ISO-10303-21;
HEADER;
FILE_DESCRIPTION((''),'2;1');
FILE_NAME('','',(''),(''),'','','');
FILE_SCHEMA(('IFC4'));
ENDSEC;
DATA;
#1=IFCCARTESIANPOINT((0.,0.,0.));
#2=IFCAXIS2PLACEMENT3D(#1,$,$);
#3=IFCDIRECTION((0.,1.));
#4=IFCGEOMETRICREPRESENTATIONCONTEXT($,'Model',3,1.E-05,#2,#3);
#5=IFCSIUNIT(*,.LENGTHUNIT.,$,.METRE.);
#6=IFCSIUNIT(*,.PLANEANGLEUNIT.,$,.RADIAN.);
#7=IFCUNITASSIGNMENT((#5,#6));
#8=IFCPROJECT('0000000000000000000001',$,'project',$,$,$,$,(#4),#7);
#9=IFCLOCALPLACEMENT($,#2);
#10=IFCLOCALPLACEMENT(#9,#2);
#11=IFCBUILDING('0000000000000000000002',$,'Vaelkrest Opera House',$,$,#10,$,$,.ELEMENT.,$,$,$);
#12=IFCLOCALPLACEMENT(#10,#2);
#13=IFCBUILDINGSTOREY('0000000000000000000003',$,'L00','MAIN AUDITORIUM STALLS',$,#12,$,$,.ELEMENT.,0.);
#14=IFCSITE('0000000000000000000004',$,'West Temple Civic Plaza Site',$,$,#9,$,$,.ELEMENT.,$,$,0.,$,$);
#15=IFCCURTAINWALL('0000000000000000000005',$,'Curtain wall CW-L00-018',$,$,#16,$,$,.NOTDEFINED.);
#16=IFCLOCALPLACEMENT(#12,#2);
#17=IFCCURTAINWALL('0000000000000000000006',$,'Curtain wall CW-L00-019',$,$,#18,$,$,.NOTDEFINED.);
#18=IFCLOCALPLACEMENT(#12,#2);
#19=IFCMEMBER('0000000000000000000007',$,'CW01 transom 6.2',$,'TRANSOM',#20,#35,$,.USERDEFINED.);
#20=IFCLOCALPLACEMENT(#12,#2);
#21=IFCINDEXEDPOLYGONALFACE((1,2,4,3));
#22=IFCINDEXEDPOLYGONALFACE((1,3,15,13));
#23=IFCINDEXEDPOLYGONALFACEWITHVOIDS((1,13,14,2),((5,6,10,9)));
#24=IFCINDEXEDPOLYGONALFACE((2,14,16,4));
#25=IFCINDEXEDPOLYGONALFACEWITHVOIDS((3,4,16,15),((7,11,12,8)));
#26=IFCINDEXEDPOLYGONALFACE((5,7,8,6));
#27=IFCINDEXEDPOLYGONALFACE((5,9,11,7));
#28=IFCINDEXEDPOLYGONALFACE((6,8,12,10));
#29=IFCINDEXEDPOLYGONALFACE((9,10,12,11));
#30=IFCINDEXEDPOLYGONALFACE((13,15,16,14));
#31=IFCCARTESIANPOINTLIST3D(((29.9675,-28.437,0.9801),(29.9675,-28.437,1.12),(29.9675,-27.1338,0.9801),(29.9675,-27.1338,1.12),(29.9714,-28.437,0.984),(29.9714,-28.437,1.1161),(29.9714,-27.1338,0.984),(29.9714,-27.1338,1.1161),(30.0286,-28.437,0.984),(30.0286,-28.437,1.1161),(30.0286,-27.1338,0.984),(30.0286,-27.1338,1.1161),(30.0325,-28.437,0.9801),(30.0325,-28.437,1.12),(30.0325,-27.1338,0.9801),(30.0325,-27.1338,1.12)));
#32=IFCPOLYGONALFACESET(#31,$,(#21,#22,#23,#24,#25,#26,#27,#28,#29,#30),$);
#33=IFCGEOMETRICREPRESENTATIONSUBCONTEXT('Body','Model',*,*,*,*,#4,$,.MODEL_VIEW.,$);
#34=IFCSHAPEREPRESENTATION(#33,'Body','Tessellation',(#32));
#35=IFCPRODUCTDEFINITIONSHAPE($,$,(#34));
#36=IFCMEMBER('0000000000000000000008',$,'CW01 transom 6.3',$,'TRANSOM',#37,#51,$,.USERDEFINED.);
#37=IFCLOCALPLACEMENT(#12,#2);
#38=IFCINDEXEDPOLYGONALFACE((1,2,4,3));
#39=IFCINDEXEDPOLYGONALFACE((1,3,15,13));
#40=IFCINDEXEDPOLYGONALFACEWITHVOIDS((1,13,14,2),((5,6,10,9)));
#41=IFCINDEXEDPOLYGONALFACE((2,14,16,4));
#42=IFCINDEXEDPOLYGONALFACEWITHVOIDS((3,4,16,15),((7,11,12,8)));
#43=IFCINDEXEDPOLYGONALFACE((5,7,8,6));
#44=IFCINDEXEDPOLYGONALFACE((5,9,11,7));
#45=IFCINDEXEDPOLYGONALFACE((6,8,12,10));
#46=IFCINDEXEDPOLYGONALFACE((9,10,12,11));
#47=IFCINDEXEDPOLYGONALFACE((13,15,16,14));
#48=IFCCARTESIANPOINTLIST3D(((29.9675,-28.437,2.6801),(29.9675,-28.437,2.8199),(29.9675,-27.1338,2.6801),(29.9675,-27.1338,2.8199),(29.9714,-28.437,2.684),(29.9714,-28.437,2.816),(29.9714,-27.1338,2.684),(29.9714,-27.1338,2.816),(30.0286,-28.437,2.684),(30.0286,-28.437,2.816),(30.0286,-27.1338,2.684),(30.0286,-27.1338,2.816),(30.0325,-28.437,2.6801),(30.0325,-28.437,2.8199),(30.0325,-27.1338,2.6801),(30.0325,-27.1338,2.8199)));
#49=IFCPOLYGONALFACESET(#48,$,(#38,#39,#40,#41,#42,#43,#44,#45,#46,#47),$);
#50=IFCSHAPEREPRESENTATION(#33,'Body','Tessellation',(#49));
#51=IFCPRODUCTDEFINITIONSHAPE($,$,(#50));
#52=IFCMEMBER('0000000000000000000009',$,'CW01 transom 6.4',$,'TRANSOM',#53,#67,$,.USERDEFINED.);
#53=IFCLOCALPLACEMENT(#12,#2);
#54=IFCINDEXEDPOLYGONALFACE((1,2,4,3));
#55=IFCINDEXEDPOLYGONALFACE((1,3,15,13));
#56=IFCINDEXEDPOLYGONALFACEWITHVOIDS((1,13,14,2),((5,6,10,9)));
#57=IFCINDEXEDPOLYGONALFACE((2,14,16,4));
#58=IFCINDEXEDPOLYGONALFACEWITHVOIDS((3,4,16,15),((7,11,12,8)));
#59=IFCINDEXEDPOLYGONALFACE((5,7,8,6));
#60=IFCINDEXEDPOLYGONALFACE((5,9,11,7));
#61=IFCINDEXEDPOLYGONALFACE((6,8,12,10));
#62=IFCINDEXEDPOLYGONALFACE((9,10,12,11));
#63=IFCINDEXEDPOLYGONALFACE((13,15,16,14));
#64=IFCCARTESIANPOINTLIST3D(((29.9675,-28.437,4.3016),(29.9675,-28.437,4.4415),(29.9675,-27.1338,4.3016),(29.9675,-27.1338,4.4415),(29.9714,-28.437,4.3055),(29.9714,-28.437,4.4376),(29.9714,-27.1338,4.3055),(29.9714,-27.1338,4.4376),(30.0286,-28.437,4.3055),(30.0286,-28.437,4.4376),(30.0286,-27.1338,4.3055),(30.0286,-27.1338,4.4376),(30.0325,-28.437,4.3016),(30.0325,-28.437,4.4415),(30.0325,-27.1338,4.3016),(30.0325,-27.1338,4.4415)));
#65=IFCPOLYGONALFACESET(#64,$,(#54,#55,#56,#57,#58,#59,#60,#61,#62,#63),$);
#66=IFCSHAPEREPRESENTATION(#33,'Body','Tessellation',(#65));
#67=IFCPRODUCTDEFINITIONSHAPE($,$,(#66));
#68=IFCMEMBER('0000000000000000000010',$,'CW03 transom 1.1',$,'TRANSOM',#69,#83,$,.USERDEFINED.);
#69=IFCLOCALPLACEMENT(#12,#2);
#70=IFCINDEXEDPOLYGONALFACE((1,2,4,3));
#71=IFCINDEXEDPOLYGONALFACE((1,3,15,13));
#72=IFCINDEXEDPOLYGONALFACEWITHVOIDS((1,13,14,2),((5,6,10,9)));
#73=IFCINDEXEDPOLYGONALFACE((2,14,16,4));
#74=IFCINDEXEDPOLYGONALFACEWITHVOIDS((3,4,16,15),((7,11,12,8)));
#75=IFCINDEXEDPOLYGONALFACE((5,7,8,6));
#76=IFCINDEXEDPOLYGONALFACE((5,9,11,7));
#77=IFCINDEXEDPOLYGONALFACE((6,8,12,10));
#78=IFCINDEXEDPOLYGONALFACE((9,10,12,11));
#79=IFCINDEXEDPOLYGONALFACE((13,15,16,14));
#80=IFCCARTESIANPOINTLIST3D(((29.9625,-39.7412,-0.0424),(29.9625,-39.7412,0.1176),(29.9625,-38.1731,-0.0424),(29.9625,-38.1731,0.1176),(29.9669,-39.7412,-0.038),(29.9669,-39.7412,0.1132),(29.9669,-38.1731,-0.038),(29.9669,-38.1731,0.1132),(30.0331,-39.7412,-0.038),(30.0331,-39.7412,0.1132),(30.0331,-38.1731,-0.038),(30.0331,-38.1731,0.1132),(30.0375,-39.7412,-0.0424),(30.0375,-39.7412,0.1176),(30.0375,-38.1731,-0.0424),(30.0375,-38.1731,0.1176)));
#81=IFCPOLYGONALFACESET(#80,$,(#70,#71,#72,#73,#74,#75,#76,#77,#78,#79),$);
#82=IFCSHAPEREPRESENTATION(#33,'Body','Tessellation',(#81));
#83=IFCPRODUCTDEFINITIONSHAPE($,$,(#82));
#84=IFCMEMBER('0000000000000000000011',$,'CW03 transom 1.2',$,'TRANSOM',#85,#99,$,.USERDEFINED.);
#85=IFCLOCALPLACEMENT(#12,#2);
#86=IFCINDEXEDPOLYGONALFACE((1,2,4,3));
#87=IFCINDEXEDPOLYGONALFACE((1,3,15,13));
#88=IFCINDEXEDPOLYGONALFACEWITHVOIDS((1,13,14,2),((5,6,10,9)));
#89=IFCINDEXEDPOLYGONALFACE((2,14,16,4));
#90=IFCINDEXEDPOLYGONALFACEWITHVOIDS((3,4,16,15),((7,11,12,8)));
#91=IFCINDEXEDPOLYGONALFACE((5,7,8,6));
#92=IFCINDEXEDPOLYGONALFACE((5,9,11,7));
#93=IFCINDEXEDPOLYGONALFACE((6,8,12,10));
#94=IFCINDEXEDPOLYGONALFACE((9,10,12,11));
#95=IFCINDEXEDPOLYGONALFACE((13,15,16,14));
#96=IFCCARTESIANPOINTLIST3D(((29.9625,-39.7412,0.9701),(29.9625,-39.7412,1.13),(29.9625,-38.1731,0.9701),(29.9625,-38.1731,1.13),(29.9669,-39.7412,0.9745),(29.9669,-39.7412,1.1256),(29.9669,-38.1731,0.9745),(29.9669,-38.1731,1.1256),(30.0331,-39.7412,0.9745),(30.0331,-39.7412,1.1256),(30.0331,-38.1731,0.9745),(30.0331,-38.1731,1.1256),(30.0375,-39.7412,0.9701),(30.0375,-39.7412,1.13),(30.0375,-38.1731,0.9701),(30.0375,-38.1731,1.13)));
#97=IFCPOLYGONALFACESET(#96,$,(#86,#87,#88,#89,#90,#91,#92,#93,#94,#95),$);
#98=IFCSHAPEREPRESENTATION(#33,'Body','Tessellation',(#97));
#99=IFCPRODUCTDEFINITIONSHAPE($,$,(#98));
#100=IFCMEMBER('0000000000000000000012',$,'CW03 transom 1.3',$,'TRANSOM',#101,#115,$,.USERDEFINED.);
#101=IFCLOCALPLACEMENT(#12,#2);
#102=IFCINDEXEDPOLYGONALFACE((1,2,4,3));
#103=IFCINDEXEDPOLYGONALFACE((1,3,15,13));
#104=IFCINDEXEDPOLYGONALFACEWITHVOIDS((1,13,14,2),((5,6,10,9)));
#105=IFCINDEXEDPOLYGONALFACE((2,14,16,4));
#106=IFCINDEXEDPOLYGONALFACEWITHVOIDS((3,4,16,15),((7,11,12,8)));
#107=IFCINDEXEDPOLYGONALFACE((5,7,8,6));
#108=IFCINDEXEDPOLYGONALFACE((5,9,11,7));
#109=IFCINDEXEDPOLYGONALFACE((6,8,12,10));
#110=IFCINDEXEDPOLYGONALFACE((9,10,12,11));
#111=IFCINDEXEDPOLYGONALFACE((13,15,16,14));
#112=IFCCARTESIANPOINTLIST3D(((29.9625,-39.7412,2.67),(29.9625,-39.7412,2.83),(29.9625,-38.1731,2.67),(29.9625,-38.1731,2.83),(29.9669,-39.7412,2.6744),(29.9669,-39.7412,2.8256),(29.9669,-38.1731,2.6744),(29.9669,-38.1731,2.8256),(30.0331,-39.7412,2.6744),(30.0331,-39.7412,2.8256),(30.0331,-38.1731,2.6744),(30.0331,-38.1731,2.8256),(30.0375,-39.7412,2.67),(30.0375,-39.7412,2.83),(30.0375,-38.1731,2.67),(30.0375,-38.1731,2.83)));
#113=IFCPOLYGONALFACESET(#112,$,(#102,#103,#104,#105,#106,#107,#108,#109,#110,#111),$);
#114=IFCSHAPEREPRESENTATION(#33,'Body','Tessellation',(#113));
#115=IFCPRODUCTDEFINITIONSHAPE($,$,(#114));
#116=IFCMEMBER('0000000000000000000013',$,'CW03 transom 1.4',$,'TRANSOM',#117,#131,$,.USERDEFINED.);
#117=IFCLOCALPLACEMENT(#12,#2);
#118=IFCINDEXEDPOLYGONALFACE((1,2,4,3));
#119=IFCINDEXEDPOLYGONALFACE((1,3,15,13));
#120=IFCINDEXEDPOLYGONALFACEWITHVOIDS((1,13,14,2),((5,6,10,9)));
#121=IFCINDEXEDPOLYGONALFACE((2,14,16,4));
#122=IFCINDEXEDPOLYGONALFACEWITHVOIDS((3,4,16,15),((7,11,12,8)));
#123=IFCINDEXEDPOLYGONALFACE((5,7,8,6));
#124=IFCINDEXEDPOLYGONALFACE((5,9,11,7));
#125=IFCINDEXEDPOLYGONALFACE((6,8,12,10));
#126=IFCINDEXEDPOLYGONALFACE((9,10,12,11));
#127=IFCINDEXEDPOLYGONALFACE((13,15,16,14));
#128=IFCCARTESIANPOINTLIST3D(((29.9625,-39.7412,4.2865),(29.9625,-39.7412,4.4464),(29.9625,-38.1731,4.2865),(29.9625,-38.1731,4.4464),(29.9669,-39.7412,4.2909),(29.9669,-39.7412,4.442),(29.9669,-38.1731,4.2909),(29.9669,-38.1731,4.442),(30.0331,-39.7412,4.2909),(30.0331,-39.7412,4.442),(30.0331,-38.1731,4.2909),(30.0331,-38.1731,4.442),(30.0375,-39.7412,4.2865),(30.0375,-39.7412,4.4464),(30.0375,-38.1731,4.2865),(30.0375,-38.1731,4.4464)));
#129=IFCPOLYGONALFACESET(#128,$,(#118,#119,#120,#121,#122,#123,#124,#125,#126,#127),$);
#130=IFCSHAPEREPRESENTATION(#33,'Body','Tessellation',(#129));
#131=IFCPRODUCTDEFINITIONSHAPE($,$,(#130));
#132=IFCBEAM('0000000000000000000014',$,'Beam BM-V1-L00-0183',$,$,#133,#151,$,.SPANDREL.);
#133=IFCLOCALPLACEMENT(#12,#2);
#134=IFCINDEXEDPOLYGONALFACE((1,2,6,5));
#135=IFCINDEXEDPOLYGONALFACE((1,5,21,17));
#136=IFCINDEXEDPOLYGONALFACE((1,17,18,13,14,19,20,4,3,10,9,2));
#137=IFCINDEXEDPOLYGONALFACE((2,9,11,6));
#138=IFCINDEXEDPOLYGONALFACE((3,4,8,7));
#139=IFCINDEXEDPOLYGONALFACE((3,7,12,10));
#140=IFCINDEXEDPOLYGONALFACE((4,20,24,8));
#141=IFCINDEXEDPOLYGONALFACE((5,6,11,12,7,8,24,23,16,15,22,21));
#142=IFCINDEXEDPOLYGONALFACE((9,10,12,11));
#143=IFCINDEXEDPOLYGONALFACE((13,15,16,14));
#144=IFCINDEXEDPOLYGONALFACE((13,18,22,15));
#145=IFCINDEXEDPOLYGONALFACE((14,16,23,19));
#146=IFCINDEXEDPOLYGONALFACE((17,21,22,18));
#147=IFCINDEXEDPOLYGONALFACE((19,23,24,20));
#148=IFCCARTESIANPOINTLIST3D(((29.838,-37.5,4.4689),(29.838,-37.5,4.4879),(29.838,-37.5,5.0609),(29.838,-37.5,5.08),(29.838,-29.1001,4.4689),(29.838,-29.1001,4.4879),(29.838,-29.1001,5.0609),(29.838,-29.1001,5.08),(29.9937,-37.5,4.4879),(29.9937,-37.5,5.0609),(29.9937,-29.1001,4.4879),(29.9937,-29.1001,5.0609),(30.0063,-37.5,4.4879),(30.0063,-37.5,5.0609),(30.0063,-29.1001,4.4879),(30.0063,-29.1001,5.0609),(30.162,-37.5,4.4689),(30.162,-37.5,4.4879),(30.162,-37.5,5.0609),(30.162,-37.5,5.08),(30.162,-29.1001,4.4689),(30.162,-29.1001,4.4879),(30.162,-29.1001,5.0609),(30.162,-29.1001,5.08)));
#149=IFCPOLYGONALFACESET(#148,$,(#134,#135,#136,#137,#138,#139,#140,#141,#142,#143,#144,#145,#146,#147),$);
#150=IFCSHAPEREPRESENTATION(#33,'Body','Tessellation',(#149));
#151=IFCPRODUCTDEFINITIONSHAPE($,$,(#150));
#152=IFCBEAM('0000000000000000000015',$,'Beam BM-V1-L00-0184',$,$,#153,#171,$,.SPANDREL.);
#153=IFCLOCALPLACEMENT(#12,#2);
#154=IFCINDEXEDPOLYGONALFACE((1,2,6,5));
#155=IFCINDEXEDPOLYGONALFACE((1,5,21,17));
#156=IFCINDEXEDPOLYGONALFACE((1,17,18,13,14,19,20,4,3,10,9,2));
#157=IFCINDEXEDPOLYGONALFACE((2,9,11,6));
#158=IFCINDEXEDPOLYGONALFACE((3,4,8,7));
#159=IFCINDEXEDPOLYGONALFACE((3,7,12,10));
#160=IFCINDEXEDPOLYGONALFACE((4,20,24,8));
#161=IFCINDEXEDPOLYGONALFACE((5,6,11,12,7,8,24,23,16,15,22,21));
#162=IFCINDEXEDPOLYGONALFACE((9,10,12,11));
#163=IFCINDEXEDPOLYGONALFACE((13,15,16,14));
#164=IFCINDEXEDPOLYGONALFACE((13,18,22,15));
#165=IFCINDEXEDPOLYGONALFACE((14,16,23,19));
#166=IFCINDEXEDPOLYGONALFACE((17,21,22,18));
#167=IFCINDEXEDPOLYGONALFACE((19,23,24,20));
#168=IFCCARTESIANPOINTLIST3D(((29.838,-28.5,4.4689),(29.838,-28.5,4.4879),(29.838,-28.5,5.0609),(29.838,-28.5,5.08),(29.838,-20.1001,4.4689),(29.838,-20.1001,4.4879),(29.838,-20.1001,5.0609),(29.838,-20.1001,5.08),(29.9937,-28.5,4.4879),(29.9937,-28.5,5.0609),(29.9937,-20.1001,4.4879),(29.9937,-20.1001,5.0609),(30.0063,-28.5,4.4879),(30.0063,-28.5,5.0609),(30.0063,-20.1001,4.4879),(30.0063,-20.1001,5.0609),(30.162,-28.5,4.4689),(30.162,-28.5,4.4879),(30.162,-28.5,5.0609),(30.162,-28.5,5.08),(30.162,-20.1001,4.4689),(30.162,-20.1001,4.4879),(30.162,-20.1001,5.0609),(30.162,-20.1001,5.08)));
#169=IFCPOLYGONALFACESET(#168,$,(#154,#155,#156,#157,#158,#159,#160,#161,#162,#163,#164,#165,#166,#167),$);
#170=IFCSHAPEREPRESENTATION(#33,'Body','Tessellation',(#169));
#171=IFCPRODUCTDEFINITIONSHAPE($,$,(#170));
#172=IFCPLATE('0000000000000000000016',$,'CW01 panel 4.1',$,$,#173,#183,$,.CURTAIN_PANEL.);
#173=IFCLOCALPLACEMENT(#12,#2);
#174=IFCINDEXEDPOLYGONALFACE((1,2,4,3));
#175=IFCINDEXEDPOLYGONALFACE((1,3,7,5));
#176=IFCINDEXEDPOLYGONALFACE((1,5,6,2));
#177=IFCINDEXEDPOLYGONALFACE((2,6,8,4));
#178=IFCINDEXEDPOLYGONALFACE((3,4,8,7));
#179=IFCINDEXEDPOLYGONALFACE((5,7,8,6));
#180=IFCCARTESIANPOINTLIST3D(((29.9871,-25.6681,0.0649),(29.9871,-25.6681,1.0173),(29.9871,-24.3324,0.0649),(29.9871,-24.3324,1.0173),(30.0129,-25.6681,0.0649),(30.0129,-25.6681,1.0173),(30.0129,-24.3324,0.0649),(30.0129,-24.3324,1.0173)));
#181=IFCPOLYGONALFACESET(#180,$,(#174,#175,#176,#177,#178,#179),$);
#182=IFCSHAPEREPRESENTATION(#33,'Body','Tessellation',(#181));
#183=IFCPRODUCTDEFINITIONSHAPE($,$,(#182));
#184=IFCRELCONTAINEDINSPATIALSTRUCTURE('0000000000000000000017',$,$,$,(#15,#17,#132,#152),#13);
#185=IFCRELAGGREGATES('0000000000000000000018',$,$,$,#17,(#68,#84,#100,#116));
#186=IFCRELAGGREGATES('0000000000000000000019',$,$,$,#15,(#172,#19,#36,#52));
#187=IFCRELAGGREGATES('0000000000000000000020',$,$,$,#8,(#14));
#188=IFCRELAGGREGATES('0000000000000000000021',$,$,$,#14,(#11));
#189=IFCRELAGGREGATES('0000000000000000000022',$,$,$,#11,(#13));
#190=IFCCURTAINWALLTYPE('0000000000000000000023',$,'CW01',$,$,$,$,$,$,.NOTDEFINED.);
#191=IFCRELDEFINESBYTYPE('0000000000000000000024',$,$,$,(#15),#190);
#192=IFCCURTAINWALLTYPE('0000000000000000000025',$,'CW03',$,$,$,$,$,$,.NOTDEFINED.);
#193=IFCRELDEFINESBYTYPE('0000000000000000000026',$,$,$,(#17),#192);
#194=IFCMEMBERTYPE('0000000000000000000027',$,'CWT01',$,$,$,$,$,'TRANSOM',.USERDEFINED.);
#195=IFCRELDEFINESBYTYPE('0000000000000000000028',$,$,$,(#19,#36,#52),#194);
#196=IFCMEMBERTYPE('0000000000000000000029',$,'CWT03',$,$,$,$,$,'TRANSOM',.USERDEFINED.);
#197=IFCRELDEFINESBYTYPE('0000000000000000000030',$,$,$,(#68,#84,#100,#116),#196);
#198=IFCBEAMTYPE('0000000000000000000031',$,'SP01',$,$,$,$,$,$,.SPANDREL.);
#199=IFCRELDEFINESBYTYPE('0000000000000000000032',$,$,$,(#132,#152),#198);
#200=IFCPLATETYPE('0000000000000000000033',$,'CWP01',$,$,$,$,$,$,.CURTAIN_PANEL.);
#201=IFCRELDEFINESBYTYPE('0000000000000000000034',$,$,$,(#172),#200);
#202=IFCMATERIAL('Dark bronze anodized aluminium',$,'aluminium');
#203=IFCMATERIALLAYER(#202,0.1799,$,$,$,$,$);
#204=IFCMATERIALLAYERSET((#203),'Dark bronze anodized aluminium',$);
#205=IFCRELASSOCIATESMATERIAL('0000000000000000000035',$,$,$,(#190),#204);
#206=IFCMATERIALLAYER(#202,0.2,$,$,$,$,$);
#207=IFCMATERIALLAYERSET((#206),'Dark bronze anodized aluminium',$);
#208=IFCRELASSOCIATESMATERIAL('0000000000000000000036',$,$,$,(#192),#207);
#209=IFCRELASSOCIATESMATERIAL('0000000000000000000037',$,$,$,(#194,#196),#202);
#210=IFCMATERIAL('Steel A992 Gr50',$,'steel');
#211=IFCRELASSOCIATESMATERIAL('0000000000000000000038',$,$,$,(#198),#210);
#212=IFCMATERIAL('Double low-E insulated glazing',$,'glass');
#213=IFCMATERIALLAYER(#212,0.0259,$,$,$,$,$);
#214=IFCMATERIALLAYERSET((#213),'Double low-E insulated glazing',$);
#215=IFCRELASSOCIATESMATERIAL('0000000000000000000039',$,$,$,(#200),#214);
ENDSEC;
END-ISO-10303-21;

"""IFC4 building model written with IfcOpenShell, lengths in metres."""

from ifc_helpers import new_model, si_unit, direction, frame, origin, origin_2d, place, context, subcontext, project, spatial, rectangle, hollow_rectangle, i_section, extrude, material, layer, layer_set, material_profile, profile_set, type_object, element, aggregate, save


model = new_model("IFC4")

# Units and contexts
model_context = context("Model", 3, precision=1e-05, world=origin(), true_north=direction((0.0, 1.0)))
body_context = subcontext(model_context, "Body", "Model", "MODEL_VIEW")
ifc_project = project(units=[si_unit("LENGTHUNIT", "METRE"), si_unit("PLANEANGLEUNIT", "RADIAN")], contexts=[model_context])

# Site, building, storey
site_placement = place(None, origin())
site = spatial("IfcSite", under=ifc_project, at=site_placement, Name="West Temple Civic Plaza Site", CompositionType="ELEMENT", RefElevation=0.0)
building_placement = place(site_placement, origin())
building = spatial("IfcBuilding", under=site, at=building_placement, Name="Vaelkrest Opera House", CompositionType="ELEMENT")
storey_placement = place(building_placement, origin())
storey = spatial("IfcBuildingStorey", under=building, at=storey_placement, Name="L00", Description="MAIN AUDITORIUM STALLS", CompositionType="ELEMENT", Elevation=0.0)

# Curtain wall
ifc_material_1 = material(Name="Dark bronze anodized aluminium", Category="aluminium")
ifc_layer_1 = layer(ifc_material_1, 0.1799)
ifc_layer_set_1 = layer_set([ifc_layer_1], Name="Dark bronze anodized aluminium")
curtain_wall_type_1 = type_object("IfcCurtainWallType", Name="CW01", PredefinedType="NOTDEFINED", material=ifc_layer_set_1)
curtain_wall_1_placement = place(storey_placement, origin())
curtain_wall_1 = element("IfcCurtainWall", 1, at=curtain_wall_1_placement, inside=storey, type_object=curtain_wall_type_1, Name="Curtain wall CW-L00-018", PredefinedType="NOTDEFINED")

# Curtain wall
ifc_layer_2 = layer(ifc_material_1, 0.2)
ifc_layer_set_2 = layer_set([ifc_layer_2], Name="Dark bronze anodized aluminium")
curtain_wall_type_2 = type_object("IfcCurtainWallType", Name="CW03", PredefinedType="NOTDEFINED", material=ifc_layer_set_2)
curtain_wall_2_placement = place(storey_placement, origin())
curtain_wall_2 = element("IfcCurtainWall", 2, at=curtain_wall_2_placement, inside=storey, type_object=curtain_wall_type_2, Name="Curtain wall CW-L00-019", PredefinedType="NOTDEFINED")

# Members
ifc_material_profile_1 = material_profile(ifc_material_1, hollow_rectangle(XDim=0.0649, YDim=0.1399, WallThickness=0.0039, at=origin_2d()), Name="CWT65X140")
ifc_profile_set_1 = profile_set([ifc_material_profile_1], Name="Dark bronze anodized aluminium")
member_type_1 = type_object("IfcMemberType", Name="CWT01", ElementType="TRANSOM", PredefinedType="USERDEFINED", material=ifc_profile_set_1)
member_1_placement = place(storey_placement, frame((30.0, -27.1338, 1.05), z_axis=(0.0, -1.0, 0.0), x_axis=(1.0, 0.0, 0.0)))
member_1 = element("IfcMember", 3, at=member_1_placement, type_object=member_type_1, Name="CW01 transom 6.2", ObjectType="TRANSOM", PredefinedType="USERDEFINED", context=body_context, shape_type="SweptSolid", body=[
    extrude(hollow_rectangle(XDim=0.0649, YDim=0.1399, WallThickness=0.0039, at=origin_2d()), origin(), (0.0, 0.0, 1.0), 1.3032),
])
member_2_placement = place(storey_placement, frame((30.0, -27.1338, 2.75), z_axis=(0.0, -1.0, 0.0), x_axis=(1.0, 0.0, 0.0)))
member_2 = element("IfcMember", 4, at=member_2_placement, type_object=member_type_1, Name="CW01 transom 6.3", ObjectType="TRANSOM", PredefinedType="USERDEFINED", context=body_context, shape_type="SweptSolid", body=[
    extrude(hollow_rectangle(XDim=0.0649, YDim=0.1399, WallThickness=0.0039, at=origin_2d()), origin(), (0.0, 0.0, 1.0), 1.3032),
])
member_3_placement = place(storey_placement, frame((30.0, -27.1338, 4.3716), z_axis=(0.0, -1.0, 0.0), x_axis=(1.0, 0.0, 0.0)))
member_3 = element("IfcMember", 5, at=member_3_placement, type_object=member_type_1, Name="CW01 transom 6.4", ObjectType="TRANSOM", PredefinedType="USERDEFINED", context=body_context, shape_type="SweptSolid", body=[
    extrude(hollow_rectangle(XDim=0.0649, YDim=0.1399, WallThickness=0.0039, at=origin_2d()), origin(), (0.0, 0.0, 1.0), 1.3032),
])
ifc_material_profile_2 = material_profile(ifc_material_1, hollow_rectangle(XDim=0.075, YDim=0.1599, WallThickness=0.0044, at=origin_2d()), Name="CWT75X160")
ifc_profile_set_2 = profile_set([ifc_material_profile_2], Name="Dark bronze anodized aluminium")
member_type_2 = type_object("IfcMemberType", Name="CWT03", ElementType="TRANSOM", PredefinedType="USERDEFINED", material=ifc_profile_set_2)
member_4_placement = place(storey_placement, frame((30.0, -38.1731, 0.0376), z_axis=(0.0, -1.0, 0.0), x_axis=(1.0, 0.0, 0.0)))
member_4 = element("IfcMember", 6, at=member_4_placement, type_object=member_type_2, Name="CW03 transom 1.1", ObjectType="TRANSOM", PredefinedType="USERDEFINED", context=body_context, shape_type="SweptSolid", body=[
    extrude(hollow_rectangle(XDim=0.075, YDim=0.1599, WallThickness=0.0044, at=origin_2d()), origin(), (0.0, 0.0, 1.0), 1.5681),
])
member_5_placement = place(storey_placement, frame((30.0, -38.1731, 1.05), z_axis=(0.0, -1.0, 0.0), x_axis=(1.0, 0.0, 0.0)))
member_5 = element("IfcMember", 7, at=member_5_placement, type_object=member_type_2, Name="CW03 transom 1.2", ObjectType="TRANSOM", PredefinedType="USERDEFINED", context=body_context, shape_type="SweptSolid", body=[
    extrude(hollow_rectangle(XDim=0.075, YDim=0.1599, WallThickness=0.0044, at=origin_2d()), origin(), (0.0, 0.0, 1.0), 1.5681),
])
member_6_placement = place(storey_placement, frame((30.0, -38.1731, 2.75), z_axis=(0.0, -1.0, 0.0), x_axis=(1.0, 0.0, 0.0)))
member_6 = element("IfcMember", 8, at=member_6_placement, type_object=member_type_2, Name="CW03 transom 1.3", ObjectType="TRANSOM", PredefinedType="USERDEFINED", context=body_context, shape_type="SweptSolid", body=[
    extrude(hollow_rectangle(XDim=0.075, YDim=0.1599, WallThickness=0.0044, at=origin_2d()), origin(), (0.0, 0.0, 1.0), 1.5681),
])
member_7_placement = place(storey_placement, frame((30.0, -38.1731, 4.3665), z_axis=(0.0, -1.0, 0.0), x_axis=(1.0, 0.0, 0.0)))
member_7 = element("IfcMember", 9, at=member_7_placement, type_object=member_type_2, Name="CW03 transom 1.4", ObjectType="TRANSOM", PredefinedType="USERDEFINED", context=body_context, shape_type="SweptSolid", body=[
    extrude(hollow_rectangle(XDim=0.075, YDim=0.1599, WallThickness=0.0044, at=origin_2d()), origin(), (0.0, 0.0, 1.0), 1.5681),
])
aggregate(curtain_wall_2, [member_4, member_5, member_6, member_7])

# Beams
ifc_material_2 = material(Name="Steel A992 Gr50", Category="steel")
ifc_material_profile_3 = material_profile(ifc_material_2, i_section(OverallWidth=0.324, OverallDepth=0.6111, WebThickness=0.0127, FlangeThickness=0.019, at=origin_2d()), Name="W24X104")
ifc_profile_set_3 = profile_set([ifc_material_profile_3], Name="Steel A992 Gr50")
beam_type = type_object("IfcBeamType", Name="SP01", PredefinedType="SPANDREL", material=ifc_profile_set_3)
for number, where, z_axis, x_axis, name in (
    (10, (30.0, -37.5, 4.7744), (0.0, 1.0, 0.0), (-1.0, 0.0, 0.0), "Beam BM-V1-L00-0183"),
    (11, (30.0, -28.5, 4.7744), (0.0, 1.0, 0.0), (-1.0, 0.0, 0.0), "Beam BM-V1-L00-0184"),
):
    element("IfcBeam", number, at=place(storey_placement, frame(where, z_axis=z_axis, x_axis=x_axis)), inside=storey, type_object=beam_type, Name=name, PredefinedType="SPANDREL", context=body_context, shape_type="SweptSolid", body=[
        extrude(i_section(OverallWidth=0.324, OverallDepth=0.6111, WebThickness=0.0127, FlangeThickness=0.019, at=origin_2d()), origin(), (0.0, 0.0, 1.0), 8.3999),
    ])

# Plate
ifc_material_3 = material(Name="Double low-E insulated glazing", Category="glass")
ifc_layer_3 = layer(ifc_material_3, 0.0259)
ifc_layer_set_3 = layer_set([ifc_layer_3], Name="Double low-E insulated glazing")
plate_type = type_object("IfcPlateType", Name="CWP01", PredefinedType="CURTAIN_PANEL", material=ifc_layer_set_3)
plate_1_placement = place(storey_placement, frame((30.0, -25.0002, 0.0649), z_axis=(0.0, 0.0, 1.0), x_axis=(0.0, -1.0, 0.0)))
plate_1 = element("IfcPlate", 12, at=plate_1_placement, type_object=plate_type, Name="CW01 panel 4.1", PredefinedType="CURTAIN_PANEL", context=body_context, shape_type="SweptSolid", body=[
    extrude(rectangle(XDim=1.3357, YDim=0.0259, at=origin_2d()), origin(), (0.0, 0.0, 1.0), 0.9524),
])
aggregate(curtain_wall_1, [plate_1, member_1, member_2, member_3])

save(model, "model.ifc")
